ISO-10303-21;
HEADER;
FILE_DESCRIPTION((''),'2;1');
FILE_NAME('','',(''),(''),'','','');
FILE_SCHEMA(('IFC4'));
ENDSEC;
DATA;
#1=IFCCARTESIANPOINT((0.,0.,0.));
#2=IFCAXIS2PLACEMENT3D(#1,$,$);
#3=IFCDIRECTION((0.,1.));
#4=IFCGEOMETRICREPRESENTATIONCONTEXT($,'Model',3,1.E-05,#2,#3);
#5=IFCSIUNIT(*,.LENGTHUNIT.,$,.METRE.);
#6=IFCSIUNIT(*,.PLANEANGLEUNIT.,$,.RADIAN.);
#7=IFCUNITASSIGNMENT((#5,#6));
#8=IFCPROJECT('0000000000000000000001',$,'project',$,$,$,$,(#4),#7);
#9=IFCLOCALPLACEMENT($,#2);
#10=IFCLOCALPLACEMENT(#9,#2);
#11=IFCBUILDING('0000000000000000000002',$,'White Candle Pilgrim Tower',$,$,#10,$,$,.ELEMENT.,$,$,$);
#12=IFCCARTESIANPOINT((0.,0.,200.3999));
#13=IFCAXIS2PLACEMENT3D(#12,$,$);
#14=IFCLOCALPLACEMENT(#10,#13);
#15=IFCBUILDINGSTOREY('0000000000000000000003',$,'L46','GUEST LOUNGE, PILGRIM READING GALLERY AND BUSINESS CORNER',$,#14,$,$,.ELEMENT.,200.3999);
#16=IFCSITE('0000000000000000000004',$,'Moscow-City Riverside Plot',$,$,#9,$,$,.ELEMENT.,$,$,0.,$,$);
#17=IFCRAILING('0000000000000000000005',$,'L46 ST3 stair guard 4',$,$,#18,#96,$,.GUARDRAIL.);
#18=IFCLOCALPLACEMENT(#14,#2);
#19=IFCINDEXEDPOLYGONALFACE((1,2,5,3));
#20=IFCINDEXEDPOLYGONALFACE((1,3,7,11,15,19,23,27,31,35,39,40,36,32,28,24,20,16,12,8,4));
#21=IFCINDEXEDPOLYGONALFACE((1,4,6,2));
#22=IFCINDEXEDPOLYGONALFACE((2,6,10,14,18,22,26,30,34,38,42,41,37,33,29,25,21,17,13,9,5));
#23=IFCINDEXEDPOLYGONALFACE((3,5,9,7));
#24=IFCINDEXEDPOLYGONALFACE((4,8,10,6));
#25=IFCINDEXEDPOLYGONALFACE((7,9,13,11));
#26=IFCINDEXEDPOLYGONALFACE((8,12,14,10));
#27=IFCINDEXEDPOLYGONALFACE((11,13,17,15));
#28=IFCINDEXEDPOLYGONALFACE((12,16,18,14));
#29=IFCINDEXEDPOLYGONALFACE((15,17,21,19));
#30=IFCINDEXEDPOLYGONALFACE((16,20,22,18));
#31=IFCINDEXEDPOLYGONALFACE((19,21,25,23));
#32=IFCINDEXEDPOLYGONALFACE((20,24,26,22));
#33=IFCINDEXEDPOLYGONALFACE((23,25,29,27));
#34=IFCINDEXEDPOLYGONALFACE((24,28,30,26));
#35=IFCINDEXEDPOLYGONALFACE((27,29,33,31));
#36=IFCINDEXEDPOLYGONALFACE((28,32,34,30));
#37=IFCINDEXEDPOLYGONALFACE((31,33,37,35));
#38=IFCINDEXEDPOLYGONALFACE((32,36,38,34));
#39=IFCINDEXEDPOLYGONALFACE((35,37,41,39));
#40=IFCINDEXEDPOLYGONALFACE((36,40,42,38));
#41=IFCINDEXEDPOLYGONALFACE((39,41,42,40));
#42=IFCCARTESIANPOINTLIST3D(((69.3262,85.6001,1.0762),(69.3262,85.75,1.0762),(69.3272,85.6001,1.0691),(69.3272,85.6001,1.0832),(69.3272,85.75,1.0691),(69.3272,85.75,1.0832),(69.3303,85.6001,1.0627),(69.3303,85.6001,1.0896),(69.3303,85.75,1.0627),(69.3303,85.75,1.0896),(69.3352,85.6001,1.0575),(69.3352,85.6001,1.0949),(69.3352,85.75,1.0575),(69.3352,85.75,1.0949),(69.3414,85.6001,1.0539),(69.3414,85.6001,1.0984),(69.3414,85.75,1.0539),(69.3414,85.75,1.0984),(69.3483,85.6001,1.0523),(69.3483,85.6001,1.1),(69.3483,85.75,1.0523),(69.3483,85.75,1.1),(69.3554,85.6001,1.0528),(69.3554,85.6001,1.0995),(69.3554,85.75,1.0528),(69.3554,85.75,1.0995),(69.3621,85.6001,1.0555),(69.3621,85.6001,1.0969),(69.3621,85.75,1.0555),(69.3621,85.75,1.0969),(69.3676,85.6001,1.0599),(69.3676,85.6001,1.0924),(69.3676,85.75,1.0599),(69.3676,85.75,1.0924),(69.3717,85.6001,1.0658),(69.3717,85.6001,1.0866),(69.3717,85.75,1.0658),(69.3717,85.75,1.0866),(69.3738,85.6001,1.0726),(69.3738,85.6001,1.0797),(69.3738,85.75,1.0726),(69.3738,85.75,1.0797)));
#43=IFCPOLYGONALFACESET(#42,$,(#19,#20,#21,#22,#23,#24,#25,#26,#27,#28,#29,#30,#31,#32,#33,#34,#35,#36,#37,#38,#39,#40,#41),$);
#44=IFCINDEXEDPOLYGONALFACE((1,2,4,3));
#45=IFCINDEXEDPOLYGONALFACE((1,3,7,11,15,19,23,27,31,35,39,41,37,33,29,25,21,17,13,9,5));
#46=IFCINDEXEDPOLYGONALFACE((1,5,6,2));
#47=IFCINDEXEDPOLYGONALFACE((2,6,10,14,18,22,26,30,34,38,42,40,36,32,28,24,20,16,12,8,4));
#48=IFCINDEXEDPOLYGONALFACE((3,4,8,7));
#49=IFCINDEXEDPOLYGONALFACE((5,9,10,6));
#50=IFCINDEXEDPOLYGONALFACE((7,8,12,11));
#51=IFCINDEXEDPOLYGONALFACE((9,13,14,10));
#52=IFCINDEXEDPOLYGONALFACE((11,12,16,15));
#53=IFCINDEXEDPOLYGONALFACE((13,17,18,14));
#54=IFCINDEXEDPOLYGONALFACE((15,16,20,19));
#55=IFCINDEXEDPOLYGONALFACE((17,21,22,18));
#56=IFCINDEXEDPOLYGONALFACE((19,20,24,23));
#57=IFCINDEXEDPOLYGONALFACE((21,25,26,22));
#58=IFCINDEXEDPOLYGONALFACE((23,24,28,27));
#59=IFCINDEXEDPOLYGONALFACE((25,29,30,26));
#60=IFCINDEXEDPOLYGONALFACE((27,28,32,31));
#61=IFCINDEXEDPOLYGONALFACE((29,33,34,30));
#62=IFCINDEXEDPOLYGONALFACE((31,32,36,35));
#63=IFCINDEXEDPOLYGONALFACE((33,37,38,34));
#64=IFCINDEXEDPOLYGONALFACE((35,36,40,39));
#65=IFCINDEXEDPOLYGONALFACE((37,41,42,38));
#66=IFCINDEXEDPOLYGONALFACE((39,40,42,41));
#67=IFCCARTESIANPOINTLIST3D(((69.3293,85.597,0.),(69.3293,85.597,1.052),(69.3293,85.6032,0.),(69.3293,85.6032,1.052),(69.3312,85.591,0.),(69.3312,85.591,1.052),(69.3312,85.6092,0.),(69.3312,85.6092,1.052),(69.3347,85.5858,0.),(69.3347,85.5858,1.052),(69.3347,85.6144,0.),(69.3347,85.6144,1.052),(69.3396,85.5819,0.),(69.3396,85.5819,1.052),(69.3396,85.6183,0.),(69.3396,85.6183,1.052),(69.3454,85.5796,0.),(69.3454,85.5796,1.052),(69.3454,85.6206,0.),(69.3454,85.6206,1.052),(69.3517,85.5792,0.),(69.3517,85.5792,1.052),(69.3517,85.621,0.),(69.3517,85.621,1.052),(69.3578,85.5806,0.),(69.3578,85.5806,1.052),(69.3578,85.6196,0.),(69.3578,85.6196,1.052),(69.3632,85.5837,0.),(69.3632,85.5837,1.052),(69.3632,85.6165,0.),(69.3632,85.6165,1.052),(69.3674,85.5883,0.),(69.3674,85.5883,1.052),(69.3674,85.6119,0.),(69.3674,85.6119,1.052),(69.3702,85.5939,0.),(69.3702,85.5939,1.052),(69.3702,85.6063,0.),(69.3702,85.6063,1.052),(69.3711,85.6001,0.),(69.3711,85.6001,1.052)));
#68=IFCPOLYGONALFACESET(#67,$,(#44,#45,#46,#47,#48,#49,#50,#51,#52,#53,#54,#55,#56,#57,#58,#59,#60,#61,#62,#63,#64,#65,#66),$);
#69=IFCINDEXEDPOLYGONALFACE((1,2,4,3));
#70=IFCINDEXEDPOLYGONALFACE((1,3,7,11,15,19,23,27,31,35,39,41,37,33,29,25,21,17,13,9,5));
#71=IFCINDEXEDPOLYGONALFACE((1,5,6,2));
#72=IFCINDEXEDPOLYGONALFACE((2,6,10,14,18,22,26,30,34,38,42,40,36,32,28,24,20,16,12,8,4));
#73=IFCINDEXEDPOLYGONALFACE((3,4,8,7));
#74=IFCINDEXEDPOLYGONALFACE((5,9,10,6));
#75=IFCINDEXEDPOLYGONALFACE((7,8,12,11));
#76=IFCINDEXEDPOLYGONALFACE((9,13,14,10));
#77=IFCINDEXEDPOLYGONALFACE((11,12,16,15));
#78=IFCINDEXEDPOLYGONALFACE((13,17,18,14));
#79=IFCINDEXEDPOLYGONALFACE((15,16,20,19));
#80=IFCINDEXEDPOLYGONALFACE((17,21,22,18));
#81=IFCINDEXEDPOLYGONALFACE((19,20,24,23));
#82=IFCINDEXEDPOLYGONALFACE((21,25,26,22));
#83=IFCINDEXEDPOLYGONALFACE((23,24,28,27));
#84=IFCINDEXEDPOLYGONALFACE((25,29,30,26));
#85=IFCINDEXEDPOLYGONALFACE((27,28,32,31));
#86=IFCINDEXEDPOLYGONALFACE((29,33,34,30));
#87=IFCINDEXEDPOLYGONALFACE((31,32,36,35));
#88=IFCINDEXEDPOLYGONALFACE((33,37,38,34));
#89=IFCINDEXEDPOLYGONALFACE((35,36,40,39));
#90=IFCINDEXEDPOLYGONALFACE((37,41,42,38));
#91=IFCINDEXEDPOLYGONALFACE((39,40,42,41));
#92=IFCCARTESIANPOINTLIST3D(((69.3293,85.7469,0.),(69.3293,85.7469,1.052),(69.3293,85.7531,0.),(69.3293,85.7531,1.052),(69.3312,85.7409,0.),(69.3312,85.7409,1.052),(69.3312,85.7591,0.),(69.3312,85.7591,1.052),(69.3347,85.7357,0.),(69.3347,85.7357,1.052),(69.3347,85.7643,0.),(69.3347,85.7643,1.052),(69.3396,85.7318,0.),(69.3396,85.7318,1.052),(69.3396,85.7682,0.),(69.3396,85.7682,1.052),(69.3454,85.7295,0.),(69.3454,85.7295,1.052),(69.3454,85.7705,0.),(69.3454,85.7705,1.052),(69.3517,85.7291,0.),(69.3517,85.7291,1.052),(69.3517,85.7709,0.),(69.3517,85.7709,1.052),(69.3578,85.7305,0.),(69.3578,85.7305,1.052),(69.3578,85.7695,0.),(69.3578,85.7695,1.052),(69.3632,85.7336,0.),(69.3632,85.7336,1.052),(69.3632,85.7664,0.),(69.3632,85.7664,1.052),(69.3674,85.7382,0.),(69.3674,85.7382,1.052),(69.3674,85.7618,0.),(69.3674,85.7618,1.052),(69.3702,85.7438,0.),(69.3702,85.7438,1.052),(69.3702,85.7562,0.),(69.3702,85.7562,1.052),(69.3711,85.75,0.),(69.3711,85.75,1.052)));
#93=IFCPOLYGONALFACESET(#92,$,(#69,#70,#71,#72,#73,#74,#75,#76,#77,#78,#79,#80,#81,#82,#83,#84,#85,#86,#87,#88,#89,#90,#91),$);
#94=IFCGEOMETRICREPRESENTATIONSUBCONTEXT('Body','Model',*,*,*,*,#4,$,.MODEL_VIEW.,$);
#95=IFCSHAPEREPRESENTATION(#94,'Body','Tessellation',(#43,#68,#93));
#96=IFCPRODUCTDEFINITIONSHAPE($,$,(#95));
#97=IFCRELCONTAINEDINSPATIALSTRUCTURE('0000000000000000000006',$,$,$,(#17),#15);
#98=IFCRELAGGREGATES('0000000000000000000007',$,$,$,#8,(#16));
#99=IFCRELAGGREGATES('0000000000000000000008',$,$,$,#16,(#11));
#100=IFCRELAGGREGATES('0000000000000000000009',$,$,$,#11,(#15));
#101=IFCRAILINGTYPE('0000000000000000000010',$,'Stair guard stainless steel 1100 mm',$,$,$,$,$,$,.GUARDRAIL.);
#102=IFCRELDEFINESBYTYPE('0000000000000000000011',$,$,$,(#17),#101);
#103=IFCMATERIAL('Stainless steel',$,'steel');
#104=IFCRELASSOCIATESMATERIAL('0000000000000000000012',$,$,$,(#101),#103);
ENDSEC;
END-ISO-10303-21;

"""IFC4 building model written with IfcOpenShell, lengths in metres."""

from ifc_helpers import new_model, si_unit, direction, frame, origin, origin_2d, place, context, subcontext, project, spatial, circle, extrude, material, type_object, element, save


model = new_model("IFC4")

# Units and contexts
model_context = context("Model", 3, precision=1e-05, world=origin(), true_north=direction((0.0, 1.0)))
body_context = subcontext(model_context, "Body", "Model", "MODEL_VIEW")
ifc_project = project(units=[si_unit("LENGTHUNIT", "METRE"), si_unit("PLANEANGLEUNIT", "RADIAN")], contexts=[model_context])

# Site, building, storey
site_placement = place(None, origin())
site = spatial("IfcSite", under=ifc_project, at=site_placement, Name="Moscow-City Riverside Plot", CompositionType="ELEMENT", RefElevation=0.0)
building_placement = place(site_placement, origin())
building = spatial("IfcBuilding", under=site, at=building_placement, Name="White Candle Pilgrim Tower", CompositionType="ELEMENT")
storey_placement = place(building_placement, frame((0.0, 0.0, 200.3999)))
storey = spatial("IfcBuildingStorey", under=building, at=storey_placement, Name="L46", Description="GUEST LOUNGE, PILGRIM READING GALLERY AND BUSINESS CORNER", CompositionType="ELEMENT", Elevation=200.3999)

# Shared definitions
ifc_material_1 = material(Name="Stainless steel", Category="steel")

# Railing
railing_type_1 = type_object("IfcRailingType", Name="Stair guard stainless steel 1100 mm", PredefinedType="GUARDRAIL", material=ifc_material_1)
railing_1_placement = place(storey_placement, frame((69.3501, 85.6001, 0.0)))
element("IfcRailing", 1, at=railing_1_placement, inside=storey, type_object=railing_type_1, Name="L46 ST3 stair guard 4", PredefinedType="GUARDRAIL", context=body_context, shape_type="SweptSolid", body=[
    extrude(circle(Radius=0.0239, at=origin_2d()), frame((0.0, 0.0, 1.0762), z_axis=(0.0, 1.0, 0.0), x_axis=(-1.0, 0.0, 0.0)), (0.0, 0.0, 1.0), 0.1499),
    extrude(circle(Radius=0.021, at=origin_2d()), origin(), (0.0, 0.0, 1.0), 1.052),
    extrude(circle(Radius=0.021, at=origin_2d()), frame((0.0, 0.1499, 0.0)), (0.0, 0.0, 1.0), 1.052),
])

save(model, "model.ifc")
